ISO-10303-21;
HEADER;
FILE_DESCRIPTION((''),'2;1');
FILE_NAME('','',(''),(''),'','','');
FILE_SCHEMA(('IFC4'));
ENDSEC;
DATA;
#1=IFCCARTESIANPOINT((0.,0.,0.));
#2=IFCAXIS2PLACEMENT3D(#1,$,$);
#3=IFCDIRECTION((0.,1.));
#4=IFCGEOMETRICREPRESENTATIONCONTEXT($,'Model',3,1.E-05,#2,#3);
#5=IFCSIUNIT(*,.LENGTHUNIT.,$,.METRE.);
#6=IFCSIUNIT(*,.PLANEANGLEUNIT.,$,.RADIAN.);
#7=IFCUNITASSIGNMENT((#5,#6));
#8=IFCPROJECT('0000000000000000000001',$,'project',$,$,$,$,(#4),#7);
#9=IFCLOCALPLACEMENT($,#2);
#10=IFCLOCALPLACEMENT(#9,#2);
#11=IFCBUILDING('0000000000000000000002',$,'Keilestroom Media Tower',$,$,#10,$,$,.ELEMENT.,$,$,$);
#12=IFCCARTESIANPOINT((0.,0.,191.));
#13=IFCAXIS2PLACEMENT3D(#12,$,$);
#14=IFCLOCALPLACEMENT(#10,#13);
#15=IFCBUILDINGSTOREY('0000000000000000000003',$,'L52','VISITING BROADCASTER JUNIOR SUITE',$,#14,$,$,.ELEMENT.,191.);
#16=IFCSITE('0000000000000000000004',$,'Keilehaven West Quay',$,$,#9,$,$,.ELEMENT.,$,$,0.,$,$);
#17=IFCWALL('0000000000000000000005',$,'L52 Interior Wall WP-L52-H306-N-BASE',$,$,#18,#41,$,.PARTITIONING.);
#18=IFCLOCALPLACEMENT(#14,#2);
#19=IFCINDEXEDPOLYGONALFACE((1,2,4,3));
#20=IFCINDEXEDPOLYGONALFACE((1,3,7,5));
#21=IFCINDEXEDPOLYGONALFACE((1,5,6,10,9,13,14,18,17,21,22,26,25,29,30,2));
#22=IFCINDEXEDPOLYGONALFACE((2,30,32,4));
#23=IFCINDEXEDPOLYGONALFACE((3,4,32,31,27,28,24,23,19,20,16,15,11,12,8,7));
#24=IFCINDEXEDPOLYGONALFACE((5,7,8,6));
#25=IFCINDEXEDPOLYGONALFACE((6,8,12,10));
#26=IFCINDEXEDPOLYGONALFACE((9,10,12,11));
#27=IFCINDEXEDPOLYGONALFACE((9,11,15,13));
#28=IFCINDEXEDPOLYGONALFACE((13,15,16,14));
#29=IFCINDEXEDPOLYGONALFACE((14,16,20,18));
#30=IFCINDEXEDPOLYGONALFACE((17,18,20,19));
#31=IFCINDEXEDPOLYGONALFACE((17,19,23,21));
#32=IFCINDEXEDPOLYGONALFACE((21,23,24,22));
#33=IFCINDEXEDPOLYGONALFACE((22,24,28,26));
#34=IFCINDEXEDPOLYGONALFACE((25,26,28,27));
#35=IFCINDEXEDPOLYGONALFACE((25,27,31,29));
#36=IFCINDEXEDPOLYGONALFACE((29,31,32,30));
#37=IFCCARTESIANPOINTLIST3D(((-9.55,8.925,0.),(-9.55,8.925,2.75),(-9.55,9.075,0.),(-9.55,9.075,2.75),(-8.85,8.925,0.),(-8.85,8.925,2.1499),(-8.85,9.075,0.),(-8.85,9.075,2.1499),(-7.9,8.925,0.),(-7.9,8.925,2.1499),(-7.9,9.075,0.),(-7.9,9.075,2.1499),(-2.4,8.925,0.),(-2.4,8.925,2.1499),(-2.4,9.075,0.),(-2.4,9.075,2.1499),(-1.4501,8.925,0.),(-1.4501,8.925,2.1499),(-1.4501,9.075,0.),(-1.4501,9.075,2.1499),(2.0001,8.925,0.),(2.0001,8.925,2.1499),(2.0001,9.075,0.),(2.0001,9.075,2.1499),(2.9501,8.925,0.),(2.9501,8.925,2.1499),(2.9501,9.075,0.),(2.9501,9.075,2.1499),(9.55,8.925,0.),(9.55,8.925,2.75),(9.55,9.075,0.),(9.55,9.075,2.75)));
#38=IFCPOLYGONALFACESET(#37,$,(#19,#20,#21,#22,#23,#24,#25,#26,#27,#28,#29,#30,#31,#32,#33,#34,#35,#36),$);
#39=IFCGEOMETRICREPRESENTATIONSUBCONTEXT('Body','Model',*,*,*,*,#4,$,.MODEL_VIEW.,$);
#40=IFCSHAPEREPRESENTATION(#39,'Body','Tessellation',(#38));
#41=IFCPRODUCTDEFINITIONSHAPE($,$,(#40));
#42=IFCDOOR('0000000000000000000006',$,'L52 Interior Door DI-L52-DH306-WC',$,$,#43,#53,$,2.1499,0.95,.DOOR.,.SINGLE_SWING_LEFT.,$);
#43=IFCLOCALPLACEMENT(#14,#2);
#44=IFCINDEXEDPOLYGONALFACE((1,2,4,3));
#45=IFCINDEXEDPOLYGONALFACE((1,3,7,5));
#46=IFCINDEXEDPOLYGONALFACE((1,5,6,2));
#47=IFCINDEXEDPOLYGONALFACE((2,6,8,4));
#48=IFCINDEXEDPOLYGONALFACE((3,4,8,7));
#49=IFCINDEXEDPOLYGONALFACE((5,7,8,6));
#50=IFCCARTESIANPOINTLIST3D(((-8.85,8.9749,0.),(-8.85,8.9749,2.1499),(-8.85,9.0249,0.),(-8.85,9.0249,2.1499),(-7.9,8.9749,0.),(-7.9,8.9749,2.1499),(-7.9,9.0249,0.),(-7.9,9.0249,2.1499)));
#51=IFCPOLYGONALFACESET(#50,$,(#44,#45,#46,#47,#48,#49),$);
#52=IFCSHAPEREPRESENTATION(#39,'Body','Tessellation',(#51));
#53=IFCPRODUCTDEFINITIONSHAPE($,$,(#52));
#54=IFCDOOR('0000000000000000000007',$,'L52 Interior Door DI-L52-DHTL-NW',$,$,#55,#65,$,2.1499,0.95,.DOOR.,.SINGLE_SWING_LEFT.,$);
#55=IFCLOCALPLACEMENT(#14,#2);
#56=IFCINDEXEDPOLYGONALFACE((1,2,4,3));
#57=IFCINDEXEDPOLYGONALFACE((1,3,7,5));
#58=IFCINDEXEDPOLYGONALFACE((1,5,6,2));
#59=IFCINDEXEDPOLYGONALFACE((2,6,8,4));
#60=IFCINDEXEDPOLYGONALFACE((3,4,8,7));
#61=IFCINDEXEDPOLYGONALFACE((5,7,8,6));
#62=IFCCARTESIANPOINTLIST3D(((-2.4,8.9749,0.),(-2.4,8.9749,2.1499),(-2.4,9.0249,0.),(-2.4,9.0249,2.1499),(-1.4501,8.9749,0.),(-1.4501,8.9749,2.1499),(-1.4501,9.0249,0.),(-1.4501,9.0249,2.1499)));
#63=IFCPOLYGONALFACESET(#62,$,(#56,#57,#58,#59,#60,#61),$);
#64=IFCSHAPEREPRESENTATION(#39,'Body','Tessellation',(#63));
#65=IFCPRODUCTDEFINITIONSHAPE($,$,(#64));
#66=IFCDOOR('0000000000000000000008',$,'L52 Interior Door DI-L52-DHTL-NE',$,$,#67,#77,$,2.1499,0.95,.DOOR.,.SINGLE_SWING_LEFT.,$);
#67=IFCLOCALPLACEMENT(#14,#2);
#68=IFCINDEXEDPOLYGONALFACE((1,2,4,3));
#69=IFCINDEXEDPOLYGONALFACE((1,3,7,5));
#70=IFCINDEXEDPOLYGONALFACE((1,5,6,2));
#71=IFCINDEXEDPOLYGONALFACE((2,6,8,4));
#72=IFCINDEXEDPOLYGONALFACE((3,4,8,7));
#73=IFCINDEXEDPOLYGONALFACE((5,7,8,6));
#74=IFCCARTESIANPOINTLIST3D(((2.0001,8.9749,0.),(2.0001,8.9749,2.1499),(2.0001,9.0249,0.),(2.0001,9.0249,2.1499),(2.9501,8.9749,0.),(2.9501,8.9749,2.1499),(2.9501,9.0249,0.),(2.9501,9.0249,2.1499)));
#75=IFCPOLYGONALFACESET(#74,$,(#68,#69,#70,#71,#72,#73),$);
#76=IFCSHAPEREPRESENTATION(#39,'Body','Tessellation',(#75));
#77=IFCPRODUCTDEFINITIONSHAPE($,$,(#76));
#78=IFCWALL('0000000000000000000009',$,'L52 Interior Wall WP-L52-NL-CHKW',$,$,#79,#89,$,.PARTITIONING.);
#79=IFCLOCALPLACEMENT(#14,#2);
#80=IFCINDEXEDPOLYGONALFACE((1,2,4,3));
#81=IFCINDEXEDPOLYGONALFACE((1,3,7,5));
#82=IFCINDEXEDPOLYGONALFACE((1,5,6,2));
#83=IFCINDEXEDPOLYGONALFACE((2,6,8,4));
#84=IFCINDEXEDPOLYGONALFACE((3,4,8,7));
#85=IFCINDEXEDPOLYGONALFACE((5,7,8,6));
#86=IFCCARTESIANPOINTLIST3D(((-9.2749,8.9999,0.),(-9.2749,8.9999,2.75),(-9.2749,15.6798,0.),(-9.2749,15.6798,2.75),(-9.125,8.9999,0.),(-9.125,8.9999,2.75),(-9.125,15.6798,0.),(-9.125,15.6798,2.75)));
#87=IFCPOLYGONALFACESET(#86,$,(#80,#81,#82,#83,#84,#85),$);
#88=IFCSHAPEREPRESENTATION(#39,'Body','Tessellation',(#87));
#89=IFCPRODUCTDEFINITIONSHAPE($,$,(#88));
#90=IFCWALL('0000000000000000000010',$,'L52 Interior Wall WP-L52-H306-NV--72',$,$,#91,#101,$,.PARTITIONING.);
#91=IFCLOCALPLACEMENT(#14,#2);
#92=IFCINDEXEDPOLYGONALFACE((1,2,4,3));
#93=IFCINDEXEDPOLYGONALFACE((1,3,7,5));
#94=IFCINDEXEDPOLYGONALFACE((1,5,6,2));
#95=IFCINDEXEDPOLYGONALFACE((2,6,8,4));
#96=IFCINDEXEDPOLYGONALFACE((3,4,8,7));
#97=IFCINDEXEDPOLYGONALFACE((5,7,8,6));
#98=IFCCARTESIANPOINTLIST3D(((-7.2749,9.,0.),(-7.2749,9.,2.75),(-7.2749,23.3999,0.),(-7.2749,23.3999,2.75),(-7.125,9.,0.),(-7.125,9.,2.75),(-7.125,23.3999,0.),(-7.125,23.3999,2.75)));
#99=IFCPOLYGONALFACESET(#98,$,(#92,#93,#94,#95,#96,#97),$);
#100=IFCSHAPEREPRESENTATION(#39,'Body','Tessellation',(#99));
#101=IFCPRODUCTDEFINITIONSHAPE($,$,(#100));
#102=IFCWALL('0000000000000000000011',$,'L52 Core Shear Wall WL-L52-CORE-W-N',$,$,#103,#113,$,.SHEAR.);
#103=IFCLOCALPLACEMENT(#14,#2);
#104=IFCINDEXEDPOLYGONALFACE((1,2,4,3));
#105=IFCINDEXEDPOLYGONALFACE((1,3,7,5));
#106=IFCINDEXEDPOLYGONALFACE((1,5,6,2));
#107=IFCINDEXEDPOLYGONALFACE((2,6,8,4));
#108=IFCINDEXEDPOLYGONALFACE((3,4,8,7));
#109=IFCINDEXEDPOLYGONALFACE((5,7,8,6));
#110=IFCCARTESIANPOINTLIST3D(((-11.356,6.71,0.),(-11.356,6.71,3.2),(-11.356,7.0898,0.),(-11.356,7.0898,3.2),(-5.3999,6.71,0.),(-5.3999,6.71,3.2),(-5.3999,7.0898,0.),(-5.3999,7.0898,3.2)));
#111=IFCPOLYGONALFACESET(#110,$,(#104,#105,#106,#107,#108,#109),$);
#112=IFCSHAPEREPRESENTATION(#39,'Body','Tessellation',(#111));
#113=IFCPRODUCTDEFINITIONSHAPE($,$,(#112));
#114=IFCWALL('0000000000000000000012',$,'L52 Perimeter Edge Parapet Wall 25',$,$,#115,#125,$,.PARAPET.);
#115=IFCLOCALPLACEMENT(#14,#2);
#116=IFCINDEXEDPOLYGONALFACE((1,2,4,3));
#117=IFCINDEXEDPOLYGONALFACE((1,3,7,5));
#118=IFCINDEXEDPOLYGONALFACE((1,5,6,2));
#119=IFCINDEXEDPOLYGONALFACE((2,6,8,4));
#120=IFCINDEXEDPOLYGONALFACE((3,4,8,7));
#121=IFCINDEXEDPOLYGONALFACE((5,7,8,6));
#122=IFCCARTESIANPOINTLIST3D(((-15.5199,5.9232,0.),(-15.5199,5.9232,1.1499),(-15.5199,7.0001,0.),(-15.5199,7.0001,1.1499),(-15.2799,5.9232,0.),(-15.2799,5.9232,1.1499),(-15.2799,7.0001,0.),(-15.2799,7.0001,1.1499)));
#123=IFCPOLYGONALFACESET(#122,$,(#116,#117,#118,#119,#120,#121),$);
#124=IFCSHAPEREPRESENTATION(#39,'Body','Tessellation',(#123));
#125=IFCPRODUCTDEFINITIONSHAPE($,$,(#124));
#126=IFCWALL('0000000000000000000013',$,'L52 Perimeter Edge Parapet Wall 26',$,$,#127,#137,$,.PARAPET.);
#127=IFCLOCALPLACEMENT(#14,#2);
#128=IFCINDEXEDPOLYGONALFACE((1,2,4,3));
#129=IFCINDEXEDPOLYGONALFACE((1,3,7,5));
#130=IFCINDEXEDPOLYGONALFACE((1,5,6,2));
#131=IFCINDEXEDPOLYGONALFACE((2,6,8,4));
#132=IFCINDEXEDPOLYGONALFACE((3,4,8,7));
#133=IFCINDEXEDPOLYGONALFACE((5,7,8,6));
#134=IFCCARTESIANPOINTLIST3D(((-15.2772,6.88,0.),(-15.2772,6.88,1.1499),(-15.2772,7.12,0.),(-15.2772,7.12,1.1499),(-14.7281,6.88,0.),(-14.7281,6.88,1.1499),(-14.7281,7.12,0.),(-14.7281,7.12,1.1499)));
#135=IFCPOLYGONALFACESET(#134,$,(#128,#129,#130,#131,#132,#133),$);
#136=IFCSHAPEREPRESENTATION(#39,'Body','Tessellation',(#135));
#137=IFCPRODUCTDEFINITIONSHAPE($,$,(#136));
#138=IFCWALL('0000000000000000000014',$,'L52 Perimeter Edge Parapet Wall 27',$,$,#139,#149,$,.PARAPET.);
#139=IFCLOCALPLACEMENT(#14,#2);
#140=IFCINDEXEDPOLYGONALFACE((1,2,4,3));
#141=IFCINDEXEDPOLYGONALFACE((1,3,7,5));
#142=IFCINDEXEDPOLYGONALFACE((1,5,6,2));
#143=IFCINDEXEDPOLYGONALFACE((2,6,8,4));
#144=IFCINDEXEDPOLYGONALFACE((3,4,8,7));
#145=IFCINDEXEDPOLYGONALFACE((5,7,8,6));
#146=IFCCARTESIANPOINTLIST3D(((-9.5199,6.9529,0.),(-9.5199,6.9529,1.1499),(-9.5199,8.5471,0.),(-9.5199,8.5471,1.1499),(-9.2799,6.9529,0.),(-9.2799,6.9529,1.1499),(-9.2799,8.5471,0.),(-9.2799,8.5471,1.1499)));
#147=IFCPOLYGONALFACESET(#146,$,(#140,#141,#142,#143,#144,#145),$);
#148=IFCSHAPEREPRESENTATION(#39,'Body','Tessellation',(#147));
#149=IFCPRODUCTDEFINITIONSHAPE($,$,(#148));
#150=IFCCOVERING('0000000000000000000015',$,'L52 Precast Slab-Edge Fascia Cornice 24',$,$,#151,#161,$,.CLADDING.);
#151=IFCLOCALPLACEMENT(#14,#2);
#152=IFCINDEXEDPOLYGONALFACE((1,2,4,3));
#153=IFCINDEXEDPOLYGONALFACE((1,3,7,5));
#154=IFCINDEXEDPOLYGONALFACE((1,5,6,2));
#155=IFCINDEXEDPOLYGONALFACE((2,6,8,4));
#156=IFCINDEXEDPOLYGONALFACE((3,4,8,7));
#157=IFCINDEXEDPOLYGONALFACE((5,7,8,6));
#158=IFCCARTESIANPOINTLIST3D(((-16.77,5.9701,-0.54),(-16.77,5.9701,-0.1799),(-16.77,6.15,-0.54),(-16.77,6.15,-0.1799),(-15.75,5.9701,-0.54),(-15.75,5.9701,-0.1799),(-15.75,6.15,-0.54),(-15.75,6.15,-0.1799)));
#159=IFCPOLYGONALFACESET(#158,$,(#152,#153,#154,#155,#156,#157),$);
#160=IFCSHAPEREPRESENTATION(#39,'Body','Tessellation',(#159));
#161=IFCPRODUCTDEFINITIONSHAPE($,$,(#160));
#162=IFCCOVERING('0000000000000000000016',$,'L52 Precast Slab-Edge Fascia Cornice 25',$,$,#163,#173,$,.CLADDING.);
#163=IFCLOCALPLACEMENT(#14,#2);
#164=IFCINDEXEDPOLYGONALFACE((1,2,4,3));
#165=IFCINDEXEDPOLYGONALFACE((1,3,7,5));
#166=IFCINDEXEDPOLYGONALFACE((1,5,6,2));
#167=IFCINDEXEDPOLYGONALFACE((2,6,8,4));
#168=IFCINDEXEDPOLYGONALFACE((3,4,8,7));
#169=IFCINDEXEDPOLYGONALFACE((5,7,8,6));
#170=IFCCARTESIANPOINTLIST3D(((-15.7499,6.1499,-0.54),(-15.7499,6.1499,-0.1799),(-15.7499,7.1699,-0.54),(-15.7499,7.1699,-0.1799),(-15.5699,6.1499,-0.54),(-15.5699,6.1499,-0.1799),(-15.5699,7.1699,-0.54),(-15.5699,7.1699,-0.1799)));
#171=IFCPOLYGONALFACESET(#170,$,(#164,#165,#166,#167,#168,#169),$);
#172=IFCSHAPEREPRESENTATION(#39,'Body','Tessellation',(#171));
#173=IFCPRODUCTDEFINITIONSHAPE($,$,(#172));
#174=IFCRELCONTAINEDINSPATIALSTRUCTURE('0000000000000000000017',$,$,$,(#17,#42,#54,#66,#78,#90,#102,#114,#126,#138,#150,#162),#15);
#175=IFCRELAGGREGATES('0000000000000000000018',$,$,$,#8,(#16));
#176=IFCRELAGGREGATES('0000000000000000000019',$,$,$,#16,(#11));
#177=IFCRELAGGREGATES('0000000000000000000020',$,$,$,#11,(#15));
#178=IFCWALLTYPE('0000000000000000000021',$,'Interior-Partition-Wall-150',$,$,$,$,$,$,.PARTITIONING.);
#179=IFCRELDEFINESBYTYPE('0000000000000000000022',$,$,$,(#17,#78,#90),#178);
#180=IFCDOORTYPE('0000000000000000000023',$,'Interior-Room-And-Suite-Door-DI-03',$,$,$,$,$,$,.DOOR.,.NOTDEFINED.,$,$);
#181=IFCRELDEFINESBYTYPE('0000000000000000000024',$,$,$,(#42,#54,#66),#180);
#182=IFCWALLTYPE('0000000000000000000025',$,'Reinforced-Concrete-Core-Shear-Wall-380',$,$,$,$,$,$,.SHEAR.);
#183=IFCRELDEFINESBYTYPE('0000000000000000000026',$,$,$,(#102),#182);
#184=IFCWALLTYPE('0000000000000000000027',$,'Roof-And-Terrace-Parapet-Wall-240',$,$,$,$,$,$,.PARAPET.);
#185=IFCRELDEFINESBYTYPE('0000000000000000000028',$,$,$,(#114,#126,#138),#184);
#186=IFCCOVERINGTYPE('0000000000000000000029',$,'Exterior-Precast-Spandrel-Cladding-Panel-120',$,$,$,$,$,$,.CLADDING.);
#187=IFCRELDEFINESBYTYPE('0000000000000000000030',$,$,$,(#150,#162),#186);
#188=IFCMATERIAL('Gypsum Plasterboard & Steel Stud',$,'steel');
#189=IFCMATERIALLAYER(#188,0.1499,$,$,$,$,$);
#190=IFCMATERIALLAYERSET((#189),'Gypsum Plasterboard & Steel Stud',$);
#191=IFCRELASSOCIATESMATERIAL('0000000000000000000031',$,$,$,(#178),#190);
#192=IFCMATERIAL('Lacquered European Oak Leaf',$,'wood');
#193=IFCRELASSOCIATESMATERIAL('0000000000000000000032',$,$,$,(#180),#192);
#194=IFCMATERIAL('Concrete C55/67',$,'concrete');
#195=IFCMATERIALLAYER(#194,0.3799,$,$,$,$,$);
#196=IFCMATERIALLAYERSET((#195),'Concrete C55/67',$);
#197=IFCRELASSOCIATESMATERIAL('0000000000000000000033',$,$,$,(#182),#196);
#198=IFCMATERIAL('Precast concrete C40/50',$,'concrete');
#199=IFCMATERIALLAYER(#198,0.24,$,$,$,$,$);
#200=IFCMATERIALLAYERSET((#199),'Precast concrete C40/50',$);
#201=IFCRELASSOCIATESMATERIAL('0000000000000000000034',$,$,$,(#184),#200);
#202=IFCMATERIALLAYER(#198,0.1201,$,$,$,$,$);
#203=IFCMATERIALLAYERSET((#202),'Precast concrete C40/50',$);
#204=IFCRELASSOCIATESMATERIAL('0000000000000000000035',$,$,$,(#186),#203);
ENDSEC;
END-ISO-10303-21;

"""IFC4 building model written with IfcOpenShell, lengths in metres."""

from ifc_helpers import new_model, si_unit, direction, frame, frame_2d, origin, origin_2d, place, context, subcontext, project, spatial, rectangle, extrude, source, transform, mapped, material, layer, layer_set, type_object, element, fill, save


model = new_model("IFC4")

# Units and contexts
model_context = context("Model", 3, precision=1e-05, world=origin(), true_north=direction((0.0, 1.0)))
body_context = subcontext(model_context, "Body", "Model", "MODEL_VIEW")
ifc_project = project(units=[si_unit("LENGTHUNIT", "METRE"), si_unit("PLANEANGLEUNIT", "RADIAN")], contexts=[model_context])

# Site, building, storey
site_placement = place(None, origin())
site = spatial("IfcSite", under=ifc_project, at=site_placement, Name="Keilehaven West Quay", CompositionType="ELEMENT", RefElevation=0.0)
building_placement = place(site_placement, origin())
building = spatial("IfcBuilding", under=site, at=building_placement, Name="Keilestroom Media Tower", CompositionType="ELEMENT")
storey_placement = place(building_placement, frame((0.0, 0.0, 191.0)))
storey = spatial("IfcBuildingStorey", under=building, at=storey_placement, Name="L52", Description="VISITING BROADCASTER JUNIOR SUITE", CompositionType="ELEMENT", Elevation=191.0)

# Shared definitions
ifc_material_1 = material(Name="Precast concrete C40/50", Category="concrete")
ifc_material_2 = material(Name="Concrete C55/67", Category="concrete")

# Shared definitions
ifc_material_3 = material(Name="Gypsum Plasterboard & Steel Stud", Category="steel")

# Wall, openings, doors
ifc_layer_1 = layer(ifc_material_3, 0.1499)
ifc_layer_set_1 = layer_set([ifc_layer_1], Name="Gypsum Plasterboard & Steel Stud")
wall_type_1 = type_object("IfcWallType", Name="Interior-Partition-Wall-150", PredefinedType="PARTITIONING", material=ifc_layer_set_1)
wall_1_placement = place(storey_placement, frame((-9.55, 9.0, 0.0), z_axis=(0.0, 0.0, 1.0), x_axis=(1.0, 0.0, 0.0)))
wall_1 = element("IfcWall", 1, at=wall_1_placement, inside=storey, type_object=wall_type_1, Name="L52 Interior Wall WP-L52-H306-N-BASE", PredefinedType="PARTITIONING", context=body_context, shape_type="SweptSolid", body=[
    extrude(rectangle(XDim=19.1001, YDim=0.1499, at=frame_2d((9.55, 0.0))), origin(), (0.0, 0.0, 1.0), 2.75),
])
opening_1_placement = place(wall_1_placement, frame((0.7, 0.0, 0.0)))
opening_1 = element("IfcOpeningElement", 2, at=opening_1_placement, cuts=wall_1, PredefinedType="OPENING", context=body_context, shape_type="SweptSolid", body=[
    extrude(rectangle(XDim=0.95, YDim=2.1499, at=frame_2d((0.4751, 1.075))), frame((0.0, 0.085, 0.0), z_axis=(0.0, -1.0, 0.0), x_axis=(1.0, 0.0, 0.0)), (0.0, 0.0, 1.0), 0.1699),
])
opening_2_placement = place(wall_1_placement, frame((7.1499, 0.0, 0.0)))
opening_2 = element("IfcOpeningElement", 3, at=opening_2_placement, cuts=wall_1, PredefinedType="OPENING", context=body_context, shape_type="SweptSolid", body=[
    extrude(rectangle(XDim=0.95, YDim=2.1499, at=frame_2d((0.4751, 1.075))), frame((0.0, 0.085, 0.0), z_axis=(0.0, -1.0, 0.0), x_axis=(1.0, 0.0, 0.0)), (0.0, 0.0, 1.0), 0.1699),
])
opening_3_placement = place(wall_1_placement, frame((11.55, 0.0, 0.0)))
opening_3 = element("IfcOpeningElement", 4, at=opening_3_placement, cuts=wall_1, PredefinedType="OPENING", context=body_context, shape_type="SweptSolid", body=[
    extrude(rectangle(XDim=0.95, YDim=2.1499, at=frame_2d((0.4751, 1.075))), frame((0.0, 0.085, 0.0), z_axis=(0.0, -1.0, 0.0), x_axis=(1.0, 0.0, 0.0)), (0.0, 0.0, 1.0), 0.1699),
])
ifc_material_4 = material(Name="Lacquered European Oak Leaf", Category="wood")
door_type_1 = type_object("IfcDoorType", Name="Interior-Room-And-Suite-Door-DI-03", OperationType="NOTDEFINED", PredefinedType="DOOR", material=ifc_material_4)
shared_shape_1 = source(origin(), body_context, "Body", "SweptSolid", [
    extrude(rectangle(XDim=0.95, YDim=2.1499, at=frame_2d((0.4751, 1.075))), frame((0.0, 0.0249, 0.0), z_axis=(0.0, -1.0, 0.0), x_axis=(1.0, 0.0, 0.0)), (0.0, 0.0, 1.0), 0.05),
])
door_1_placement = place(opening_1_placement, origin())
door_1 = element("IfcDoor", 5, at=door_1_placement, inside=storey, type_object=door_type_1, Name="L52 Interior Door DI-L52-DH306-WC", OperationType="SINGLE_SWING_LEFT", OverallHeight=2.1499, OverallWidth=0.95, PredefinedType="DOOR", context=body_context, shape_type="MappedRepresentation", body=[
    mapped(shared_shape_1, transform((0.0, 0.0, 0.0), x_axis=(1.0, 0.0, 0.0), y_axis=(0.0, 1.0, 0.0), z_axis=(0.0, 0.0, 1.0), scale=1.0)),
])
fill(opening_1, door_1)
door_2_placement = place(opening_2_placement, origin())
door_2 = element("IfcDoor", 6, at=door_2_placement, inside=storey, type_object=door_type_1, Name="L52 Interior Door DI-L52-DHTL-NW", OperationType="SINGLE_SWING_LEFT", OverallHeight=2.1499, OverallWidth=0.95, PredefinedType="DOOR", context=body_context, shape_type="MappedRepresentation", body=[
    mapped(shared_shape_1, transform((0.0, 0.0, 0.0), x_axis=(1.0, 0.0, 0.0), y_axis=(0.0, 1.0, 0.0), z_axis=(0.0, 0.0, 1.0), scale=1.0)),
])
fill(opening_2, door_2)
door_3_placement = place(opening_3_placement, origin())
door_3 = element("IfcDoor", 7, at=door_3_placement, inside=storey, type_object=door_type_1, Name="L52 Interior Door DI-L52-DHTL-NE", OperationType="SINGLE_SWING_LEFT", OverallHeight=2.1499, OverallWidth=0.95, PredefinedType="DOOR", context=body_context, shape_type="MappedRepresentation", body=[
    mapped(shared_shape_1, transform((0.0, 0.0, 0.0), x_axis=(1.0, 0.0, 0.0), y_axis=(0.0, 1.0, 0.0), z_axis=(0.0, 0.0, 1.0), scale=1.0)),
])
fill(opening_3, door_3)

# Walls
wall_2_placement = place(storey_placement, frame((-9.2, 9.0, 0.0), z_axis=(0.0, 0.0, 1.0), x_axis=(0.0, 1.0, 0.0)))
element("IfcWall", 8, at=wall_2_placement, inside=storey, type_object=wall_type_1, Name="L52 Interior Wall WP-L52-NL-CHKW", PredefinedType="PARTITIONING", context=body_context, shape_type="SweptSolid", body=[
    extrude(rectangle(XDim=6.6799, YDim=0.1499, at=frame_2d((3.3398, 0.0))), origin(), (0.0, 0.0, 1.0), 2.75),
])
wall_3_placement = place(storey_placement, frame((-7.2, 9.0, 0.0), z_axis=(0.0, 0.0, 1.0), x_axis=(0.0, 1.0, 0.0)))
element("IfcWall", 9, at=wall_3_placement, inside=storey, type_object=wall_type_1, Name="L52 Interior Wall WP-L52-H306-NV--72", PredefinedType="PARTITIONING", context=body_context, shape_type="SweptSolid", body=[
    extrude(rectangle(XDim=14.3999, YDim=0.1499, at=frame_2d((7.2, 0.0))), origin(), (0.0, 0.0, 1.0), 2.75),
])
ifc_layer_2 = layer(ifc_material_2, 0.3799)
ifc_layer_set_2 = layer_set([ifc_layer_2], Name="Concrete C55/67")
wall_type_2 = type_object("IfcWallType", Name="Reinforced-Concrete-Core-Shear-Wall-380", PredefinedType="SHEAR", material=ifc_layer_set_2)
wall_4_placement = place(storey_placement, frame((-11.356, 6.8999, 0.0), z_axis=(0.0, 0.0, 1.0), x_axis=(1.0, 0.0, 0.0)))
element("IfcWall", 10, at=wall_4_placement, inside=storey, type_object=wall_type_2, Name="L52 Core Shear Wall WL-L52-CORE-W-N", PredefinedType="SHEAR", context=body_context, shape_type="SweptSolid", body=[
    extrude(rectangle(XDim=5.9561, YDim=0.3799, at=frame_2d((2.978, 0.0))), origin(), (0.0, 0.0, 1.0), 3.2),
])
ifc_layer_3 = layer(ifc_material_1, 0.24)
ifc_layer_set_3 = layer_set([ifc_layer_3], Name="Precast concrete C40/50")
wall_type_3 = type_object("IfcWallType", Name="Roof-And-Terrace-Parapet-Wall-240", PredefinedType="PARAPET", material=ifc_layer_set_3)
wall_5_placement = place(storey_placement, frame((-15.3999, 5.9231, 0.0), z_axis=(0.0, 0.0, 1.0), x_axis=(0.0, 1.0, 0.0)))
element("IfcWall", 11, at=wall_5_placement, inside=storey, type_object=wall_type_3, Name="L52 Perimeter Edge Parapet Wall 25", PredefinedType="PARAPET", context=body_context, shape_type="SweptSolid", body=[
    extrude(rectangle(XDim=1.0769, YDim=0.24, at=frame_2d((0.5386, 0.0))), origin(), (0.0, 0.0, 1.0), 1.1499),
])
wall_6_placement = place(storey_placement, frame((-15.2771, 7.0, 0.0), z_axis=(0.0, 0.0, 1.0), x_axis=(1.0, 0.0, 0.0)))
element("IfcWall", 12, at=wall_6_placement, inside=storey, type_object=wall_type_3, Name="L52 Perimeter Edge Parapet Wall 26", PredefinedType="PARAPET", context=body_context, shape_type="SweptSolid", body=[
    extrude(rectangle(XDim=0.5491, YDim=0.24, at=frame_2d((0.2744, 0.0))), origin(), (0.0, 0.0, 1.0), 1.1499),
])
wall_7_placement = place(storey_placement, frame((-9.3999, 6.9529, 0.0), z_axis=(0.0, 0.0, 1.0), x_axis=(0.0, 1.0, 0.0)))
element("IfcWall", 13, at=wall_7_placement, inside=storey, type_object=wall_type_3, Name="L52 Perimeter Edge Parapet Wall 27", PredefinedType="PARAPET", context=body_context, shape_type="SweptSolid", body=[
    extrude(rectangle(XDim=1.5942, YDim=0.24, at=frame_2d((0.7971, 0.0))), origin(), (0.0, 0.0, 1.0), 1.1499),
])

# Coverings
ifc_layer_4 = layer(ifc_material_1, 0.1201)
ifc_layer_set_4 = layer_set([ifc_layer_4], Name="Precast concrete C40/50")
covering_type = type_object("IfcCoveringType", Name="Exterior-Precast-Spandrel-Cladding-Panel-120", PredefinedType="CLADDING", material=ifc_layer_set_4)
shared_shape_2 = source(origin(), body_context, "Body", "SweptSolid", [
    extrude(rectangle(XDim=1.02, YDim=0.1799, at=origin_2d()), origin(), (0.0, 0.0, 1.0), 0.3601),
])
for number, where, z_axis, x_axis, name in (
    (14, (-16.26, 6.0601, -0.54), (0.0, 0.0, 1.0), (1.0, 0.0, 0.0), "L52 Precast Slab-Edge Fascia Cornice 24"),
    (15, (-15.6599, 6.6599, -0.54), (0.0, 0.0, 1.0), (0.0, 1.0, 0.0), "L52 Precast Slab-Edge Fascia Cornice 25"),
):
    element("IfcCovering", number, at=place(storey_placement, frame(where, z_axis=z_axis, x_axis=x_axis)), inside=storey, type_object=covering_type, Name=name, PredefinedType="CLADDING", context=body_context, shape_type="MappedRepresentation", body=[
        mapped(shared_shape_2, transform((0.0, 0.0, 0.0), x_axis=(1.0, 0.0, 0.0), y_axis=(0.0, 1.0, 0.0), z_axis=(0.0, 0.0, 1.0), scale=1.0)),
    ])

save(model, "model.ifc")
